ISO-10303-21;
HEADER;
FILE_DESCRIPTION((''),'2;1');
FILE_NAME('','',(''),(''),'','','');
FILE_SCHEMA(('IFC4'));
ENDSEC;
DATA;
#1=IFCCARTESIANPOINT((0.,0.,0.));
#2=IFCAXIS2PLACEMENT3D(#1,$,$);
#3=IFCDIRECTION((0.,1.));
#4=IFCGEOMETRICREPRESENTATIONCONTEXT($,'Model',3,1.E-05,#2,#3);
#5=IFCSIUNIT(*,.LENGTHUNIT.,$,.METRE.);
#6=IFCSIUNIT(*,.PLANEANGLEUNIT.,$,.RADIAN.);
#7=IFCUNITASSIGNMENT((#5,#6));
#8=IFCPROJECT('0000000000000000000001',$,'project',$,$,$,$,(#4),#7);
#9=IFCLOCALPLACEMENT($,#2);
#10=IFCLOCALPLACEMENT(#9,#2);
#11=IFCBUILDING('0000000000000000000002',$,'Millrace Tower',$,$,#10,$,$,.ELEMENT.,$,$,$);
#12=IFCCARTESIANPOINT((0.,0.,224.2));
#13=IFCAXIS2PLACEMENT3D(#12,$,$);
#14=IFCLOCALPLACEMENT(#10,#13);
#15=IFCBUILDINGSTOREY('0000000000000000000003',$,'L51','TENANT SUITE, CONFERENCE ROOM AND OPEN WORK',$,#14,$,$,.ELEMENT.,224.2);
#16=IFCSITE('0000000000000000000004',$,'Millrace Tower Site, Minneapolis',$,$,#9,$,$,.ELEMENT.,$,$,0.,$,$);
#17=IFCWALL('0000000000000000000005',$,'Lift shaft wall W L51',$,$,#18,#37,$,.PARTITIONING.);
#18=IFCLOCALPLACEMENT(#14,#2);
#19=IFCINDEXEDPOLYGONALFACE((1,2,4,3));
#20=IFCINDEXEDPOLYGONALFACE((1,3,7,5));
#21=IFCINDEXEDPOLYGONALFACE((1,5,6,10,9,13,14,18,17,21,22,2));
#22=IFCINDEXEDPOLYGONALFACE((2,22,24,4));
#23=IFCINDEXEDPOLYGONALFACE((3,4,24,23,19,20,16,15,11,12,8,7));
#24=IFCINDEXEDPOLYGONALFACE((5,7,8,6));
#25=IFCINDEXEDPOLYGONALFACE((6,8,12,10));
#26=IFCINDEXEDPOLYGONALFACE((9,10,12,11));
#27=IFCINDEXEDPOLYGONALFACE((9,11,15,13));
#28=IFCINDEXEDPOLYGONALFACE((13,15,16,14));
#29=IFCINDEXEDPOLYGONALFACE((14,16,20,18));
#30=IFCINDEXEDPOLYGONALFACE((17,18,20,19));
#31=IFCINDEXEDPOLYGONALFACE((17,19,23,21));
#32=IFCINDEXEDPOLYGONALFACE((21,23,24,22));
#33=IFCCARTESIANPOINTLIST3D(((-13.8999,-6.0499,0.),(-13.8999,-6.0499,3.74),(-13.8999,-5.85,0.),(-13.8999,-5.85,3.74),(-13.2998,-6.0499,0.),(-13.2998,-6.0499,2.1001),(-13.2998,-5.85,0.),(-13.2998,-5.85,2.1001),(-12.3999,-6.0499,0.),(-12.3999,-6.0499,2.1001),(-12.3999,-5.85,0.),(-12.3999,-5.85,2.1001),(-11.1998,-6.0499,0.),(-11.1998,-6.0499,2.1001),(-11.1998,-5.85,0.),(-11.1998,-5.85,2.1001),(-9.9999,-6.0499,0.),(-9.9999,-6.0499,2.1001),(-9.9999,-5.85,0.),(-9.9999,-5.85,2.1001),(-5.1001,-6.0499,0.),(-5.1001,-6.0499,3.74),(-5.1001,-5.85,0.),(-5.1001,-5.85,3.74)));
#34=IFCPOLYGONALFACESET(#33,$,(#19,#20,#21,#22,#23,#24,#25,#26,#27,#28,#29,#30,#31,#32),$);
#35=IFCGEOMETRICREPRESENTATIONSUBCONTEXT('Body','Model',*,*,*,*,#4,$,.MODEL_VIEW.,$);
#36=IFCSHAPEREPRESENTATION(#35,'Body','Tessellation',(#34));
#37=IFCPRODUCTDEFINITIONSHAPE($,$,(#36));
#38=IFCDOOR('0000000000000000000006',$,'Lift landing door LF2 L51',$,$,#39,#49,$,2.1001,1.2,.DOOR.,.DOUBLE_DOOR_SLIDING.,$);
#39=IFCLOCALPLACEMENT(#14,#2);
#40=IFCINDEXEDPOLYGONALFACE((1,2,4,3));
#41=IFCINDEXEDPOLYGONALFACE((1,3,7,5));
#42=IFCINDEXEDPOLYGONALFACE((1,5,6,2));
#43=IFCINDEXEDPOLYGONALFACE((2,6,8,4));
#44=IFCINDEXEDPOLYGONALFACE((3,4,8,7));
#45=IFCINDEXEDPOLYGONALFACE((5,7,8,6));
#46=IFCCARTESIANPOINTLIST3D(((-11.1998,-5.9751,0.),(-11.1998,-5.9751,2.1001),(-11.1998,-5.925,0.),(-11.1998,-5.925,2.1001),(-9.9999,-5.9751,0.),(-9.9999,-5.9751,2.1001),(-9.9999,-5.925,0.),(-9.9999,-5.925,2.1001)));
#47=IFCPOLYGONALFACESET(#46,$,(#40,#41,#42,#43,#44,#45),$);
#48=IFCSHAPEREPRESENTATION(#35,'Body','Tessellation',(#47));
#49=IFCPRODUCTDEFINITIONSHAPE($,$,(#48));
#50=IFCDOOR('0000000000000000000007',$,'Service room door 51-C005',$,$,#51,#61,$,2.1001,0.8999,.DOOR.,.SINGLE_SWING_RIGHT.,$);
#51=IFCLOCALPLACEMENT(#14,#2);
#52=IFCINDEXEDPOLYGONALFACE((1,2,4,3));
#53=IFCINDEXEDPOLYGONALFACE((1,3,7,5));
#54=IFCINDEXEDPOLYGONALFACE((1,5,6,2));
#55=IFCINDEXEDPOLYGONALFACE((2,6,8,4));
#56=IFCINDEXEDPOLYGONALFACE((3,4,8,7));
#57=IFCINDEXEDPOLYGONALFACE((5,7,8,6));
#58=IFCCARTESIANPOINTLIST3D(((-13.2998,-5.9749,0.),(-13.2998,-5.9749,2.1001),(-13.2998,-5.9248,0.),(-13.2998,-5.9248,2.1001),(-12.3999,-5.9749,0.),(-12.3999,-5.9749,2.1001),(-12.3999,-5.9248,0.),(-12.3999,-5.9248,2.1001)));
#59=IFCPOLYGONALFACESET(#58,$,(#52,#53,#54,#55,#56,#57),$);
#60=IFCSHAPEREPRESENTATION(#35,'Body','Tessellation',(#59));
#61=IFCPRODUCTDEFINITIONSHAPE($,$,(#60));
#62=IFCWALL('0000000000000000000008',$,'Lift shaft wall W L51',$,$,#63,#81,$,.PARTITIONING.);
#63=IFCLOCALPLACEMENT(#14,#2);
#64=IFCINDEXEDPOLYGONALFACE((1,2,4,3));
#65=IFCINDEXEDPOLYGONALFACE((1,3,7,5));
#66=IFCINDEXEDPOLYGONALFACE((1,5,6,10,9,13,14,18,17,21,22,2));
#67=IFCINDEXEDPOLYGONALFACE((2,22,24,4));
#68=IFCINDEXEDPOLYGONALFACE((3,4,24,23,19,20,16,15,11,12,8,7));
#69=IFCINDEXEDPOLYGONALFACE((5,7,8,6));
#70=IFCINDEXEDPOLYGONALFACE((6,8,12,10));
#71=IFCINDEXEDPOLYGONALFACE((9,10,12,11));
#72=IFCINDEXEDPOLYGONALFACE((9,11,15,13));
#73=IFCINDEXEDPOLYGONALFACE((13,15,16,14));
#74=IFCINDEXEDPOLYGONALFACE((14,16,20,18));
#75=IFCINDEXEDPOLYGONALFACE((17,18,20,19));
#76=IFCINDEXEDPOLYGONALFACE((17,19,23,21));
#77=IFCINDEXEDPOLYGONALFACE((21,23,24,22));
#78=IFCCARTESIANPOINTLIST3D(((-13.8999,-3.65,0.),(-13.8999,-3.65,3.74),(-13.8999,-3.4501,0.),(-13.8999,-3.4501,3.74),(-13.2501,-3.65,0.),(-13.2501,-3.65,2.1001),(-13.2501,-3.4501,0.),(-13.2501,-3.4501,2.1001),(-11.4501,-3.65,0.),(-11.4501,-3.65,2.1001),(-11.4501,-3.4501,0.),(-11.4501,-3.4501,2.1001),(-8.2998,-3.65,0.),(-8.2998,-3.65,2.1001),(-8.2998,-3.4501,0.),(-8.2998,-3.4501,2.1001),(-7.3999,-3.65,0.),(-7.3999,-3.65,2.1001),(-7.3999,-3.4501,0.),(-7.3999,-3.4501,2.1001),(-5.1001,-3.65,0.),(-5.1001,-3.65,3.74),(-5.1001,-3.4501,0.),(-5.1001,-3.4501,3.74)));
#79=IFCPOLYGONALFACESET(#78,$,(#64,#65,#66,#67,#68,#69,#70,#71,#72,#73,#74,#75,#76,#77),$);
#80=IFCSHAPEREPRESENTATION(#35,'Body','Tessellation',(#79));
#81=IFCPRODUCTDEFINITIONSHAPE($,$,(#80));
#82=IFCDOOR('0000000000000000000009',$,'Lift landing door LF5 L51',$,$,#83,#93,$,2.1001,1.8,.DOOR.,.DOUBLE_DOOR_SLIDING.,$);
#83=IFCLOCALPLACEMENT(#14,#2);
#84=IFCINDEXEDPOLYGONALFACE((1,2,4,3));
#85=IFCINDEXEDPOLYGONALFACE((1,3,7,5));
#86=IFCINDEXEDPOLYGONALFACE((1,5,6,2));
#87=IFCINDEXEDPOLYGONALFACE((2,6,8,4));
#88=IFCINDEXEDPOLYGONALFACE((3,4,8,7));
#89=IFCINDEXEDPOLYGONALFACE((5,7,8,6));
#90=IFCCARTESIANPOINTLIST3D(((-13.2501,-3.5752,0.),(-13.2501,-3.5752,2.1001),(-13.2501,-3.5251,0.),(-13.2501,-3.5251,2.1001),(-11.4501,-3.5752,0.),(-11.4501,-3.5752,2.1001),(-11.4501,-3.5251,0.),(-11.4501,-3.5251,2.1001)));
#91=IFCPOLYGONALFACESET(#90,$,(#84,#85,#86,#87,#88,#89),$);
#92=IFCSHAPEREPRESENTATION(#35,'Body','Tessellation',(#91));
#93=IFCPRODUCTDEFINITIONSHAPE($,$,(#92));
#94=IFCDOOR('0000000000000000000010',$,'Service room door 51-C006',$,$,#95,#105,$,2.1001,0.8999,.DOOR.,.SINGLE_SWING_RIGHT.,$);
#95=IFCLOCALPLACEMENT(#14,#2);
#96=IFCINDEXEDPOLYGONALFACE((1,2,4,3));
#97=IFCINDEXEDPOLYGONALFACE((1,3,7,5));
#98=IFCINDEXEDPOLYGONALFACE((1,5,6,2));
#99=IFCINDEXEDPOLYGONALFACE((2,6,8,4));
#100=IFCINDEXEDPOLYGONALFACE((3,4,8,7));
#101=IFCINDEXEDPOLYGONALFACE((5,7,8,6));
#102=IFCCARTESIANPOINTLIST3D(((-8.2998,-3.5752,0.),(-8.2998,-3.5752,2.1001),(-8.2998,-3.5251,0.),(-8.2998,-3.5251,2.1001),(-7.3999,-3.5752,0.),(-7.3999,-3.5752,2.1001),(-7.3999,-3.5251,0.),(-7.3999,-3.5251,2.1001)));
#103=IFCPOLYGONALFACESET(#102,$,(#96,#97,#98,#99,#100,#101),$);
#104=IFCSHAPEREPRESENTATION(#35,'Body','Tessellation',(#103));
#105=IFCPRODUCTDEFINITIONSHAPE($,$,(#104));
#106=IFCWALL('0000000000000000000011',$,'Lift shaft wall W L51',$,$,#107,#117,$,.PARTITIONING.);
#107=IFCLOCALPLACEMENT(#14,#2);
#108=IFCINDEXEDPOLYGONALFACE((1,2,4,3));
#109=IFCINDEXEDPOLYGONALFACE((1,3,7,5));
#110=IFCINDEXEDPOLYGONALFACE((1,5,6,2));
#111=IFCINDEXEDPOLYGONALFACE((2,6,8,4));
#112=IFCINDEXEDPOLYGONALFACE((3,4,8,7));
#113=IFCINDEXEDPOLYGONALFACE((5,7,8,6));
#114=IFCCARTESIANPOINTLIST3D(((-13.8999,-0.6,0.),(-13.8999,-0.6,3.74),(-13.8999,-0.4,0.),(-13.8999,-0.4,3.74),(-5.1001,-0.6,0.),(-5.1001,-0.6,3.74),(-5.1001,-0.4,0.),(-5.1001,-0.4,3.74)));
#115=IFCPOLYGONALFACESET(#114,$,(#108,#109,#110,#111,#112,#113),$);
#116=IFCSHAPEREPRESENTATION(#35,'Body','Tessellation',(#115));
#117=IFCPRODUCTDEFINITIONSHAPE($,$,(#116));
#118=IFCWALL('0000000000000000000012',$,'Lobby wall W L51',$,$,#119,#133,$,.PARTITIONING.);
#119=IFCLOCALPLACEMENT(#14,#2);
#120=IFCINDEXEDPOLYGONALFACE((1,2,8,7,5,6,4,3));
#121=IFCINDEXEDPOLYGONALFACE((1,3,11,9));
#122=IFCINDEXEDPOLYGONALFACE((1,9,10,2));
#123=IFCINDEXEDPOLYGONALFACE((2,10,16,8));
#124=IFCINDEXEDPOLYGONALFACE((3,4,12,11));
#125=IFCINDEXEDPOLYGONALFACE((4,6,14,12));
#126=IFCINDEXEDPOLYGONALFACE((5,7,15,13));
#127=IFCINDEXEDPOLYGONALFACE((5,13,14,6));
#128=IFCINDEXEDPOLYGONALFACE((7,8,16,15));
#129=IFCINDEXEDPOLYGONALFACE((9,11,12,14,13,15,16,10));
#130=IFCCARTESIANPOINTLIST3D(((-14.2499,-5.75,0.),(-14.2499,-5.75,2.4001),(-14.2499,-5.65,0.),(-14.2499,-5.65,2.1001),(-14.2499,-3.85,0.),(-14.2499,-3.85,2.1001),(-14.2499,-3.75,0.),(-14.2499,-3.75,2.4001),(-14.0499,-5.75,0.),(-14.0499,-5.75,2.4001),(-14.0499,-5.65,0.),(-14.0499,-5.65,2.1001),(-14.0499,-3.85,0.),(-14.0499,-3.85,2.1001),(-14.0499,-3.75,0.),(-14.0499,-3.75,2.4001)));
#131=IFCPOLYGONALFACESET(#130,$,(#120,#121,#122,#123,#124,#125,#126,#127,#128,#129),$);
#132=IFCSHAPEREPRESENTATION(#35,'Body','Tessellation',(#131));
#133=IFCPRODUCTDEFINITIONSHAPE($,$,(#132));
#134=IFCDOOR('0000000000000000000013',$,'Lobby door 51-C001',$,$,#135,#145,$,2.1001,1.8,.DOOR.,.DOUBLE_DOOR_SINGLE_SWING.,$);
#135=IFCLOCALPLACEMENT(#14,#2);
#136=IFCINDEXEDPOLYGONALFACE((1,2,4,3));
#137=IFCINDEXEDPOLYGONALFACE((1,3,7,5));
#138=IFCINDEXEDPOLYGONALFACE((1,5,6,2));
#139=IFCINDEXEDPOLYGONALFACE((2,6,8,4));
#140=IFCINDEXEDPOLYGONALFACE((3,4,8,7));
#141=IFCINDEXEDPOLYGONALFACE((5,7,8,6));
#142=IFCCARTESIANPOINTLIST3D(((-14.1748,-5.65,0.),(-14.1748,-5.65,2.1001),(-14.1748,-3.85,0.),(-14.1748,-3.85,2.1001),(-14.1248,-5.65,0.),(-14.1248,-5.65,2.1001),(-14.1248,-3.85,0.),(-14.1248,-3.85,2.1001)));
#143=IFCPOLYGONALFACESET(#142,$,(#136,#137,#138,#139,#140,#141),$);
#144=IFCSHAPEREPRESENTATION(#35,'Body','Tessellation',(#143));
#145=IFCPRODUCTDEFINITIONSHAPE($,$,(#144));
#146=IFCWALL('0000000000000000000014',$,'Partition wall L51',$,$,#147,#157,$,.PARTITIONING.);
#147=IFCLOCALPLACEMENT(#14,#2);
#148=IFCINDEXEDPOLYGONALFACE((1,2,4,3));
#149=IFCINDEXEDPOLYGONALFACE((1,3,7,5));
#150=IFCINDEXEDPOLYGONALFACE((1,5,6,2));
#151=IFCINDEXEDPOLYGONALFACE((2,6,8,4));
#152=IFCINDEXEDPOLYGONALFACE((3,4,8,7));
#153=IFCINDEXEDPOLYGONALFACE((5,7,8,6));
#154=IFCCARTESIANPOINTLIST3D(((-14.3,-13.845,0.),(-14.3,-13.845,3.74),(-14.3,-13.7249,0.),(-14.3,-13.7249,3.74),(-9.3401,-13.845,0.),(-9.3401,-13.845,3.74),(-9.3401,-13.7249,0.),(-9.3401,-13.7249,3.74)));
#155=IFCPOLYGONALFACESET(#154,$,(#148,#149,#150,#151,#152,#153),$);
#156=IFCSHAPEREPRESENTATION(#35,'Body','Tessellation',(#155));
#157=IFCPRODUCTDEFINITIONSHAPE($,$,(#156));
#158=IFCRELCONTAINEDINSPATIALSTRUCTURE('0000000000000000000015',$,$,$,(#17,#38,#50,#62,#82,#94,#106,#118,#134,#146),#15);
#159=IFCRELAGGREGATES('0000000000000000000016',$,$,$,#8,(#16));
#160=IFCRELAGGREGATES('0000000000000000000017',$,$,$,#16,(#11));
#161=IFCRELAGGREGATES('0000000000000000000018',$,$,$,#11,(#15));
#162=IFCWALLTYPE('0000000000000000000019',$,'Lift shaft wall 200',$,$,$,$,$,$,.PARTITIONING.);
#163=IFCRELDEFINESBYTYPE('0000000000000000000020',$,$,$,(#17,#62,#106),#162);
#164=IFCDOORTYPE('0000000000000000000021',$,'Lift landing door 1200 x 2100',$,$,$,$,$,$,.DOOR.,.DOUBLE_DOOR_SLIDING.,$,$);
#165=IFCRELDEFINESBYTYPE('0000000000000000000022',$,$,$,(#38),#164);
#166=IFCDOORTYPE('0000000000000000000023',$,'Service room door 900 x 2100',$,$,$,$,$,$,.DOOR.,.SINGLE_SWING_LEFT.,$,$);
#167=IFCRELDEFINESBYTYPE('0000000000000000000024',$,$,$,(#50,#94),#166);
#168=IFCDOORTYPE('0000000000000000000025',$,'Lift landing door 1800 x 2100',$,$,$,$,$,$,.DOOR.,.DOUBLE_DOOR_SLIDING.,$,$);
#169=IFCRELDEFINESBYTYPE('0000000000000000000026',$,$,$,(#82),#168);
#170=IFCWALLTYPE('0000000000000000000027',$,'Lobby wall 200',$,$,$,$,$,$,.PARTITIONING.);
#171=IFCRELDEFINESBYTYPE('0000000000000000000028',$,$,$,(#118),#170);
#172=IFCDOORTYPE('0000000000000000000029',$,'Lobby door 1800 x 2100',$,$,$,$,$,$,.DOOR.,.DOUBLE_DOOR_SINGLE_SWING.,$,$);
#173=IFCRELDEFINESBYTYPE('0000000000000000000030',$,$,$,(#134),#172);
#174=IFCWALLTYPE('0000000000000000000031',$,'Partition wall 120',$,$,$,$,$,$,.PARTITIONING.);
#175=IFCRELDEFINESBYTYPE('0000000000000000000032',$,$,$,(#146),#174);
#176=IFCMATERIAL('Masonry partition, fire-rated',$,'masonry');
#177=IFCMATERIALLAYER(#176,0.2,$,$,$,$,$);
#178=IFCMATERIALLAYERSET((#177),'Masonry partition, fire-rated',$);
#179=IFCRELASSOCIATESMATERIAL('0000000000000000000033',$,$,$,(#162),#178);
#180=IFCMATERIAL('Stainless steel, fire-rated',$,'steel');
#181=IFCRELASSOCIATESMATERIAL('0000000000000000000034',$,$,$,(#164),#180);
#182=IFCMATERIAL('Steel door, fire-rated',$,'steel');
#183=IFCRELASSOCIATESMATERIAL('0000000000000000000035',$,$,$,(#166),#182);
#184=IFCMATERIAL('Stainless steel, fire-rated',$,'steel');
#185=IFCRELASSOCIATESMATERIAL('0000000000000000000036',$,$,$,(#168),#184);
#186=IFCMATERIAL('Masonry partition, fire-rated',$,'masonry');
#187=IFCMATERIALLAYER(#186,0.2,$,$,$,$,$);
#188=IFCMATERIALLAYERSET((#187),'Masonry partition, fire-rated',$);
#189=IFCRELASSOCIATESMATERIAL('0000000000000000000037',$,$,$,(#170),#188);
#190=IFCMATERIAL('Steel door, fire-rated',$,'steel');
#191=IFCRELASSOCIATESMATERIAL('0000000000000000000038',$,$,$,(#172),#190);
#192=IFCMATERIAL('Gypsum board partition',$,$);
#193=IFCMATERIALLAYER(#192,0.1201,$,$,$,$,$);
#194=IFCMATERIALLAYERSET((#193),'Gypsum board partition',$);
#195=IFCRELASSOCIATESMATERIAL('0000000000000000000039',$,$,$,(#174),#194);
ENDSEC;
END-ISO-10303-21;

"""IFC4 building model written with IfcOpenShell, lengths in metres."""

from ifc_helpers import new_model, si_unit, direction, frame, frame_2d, origin, place, context, subcontext, project, spatial, rectangle, extrude, material, layer, layer_set, type_object, element, fill, save


model = new_model("IFC4")

# Units and contexts
model_context = context("Model", 3, precision=1e-05, world=origin(), true_north=direction((0.0, 1.0)))
body_context = subcontext(model_context, "Body", "Model", "MODEL_VIEW")
ifc_project = project(units=[si_unit("LENGTHUNIT", "METRE"), si_unit("PLANEANGLEUNIT", "RADIAN")], contexts=[model_context])

# Site, building, storey
site_placement = place(None, origin())
site = spatial("IfcSite", under=ifc_project, at=site_placement, Name="Millrace Tower Site, Minneapolis", CompositionType="ELEMENT", RefElevation=0.0)
building_placement = place(site_placement, origin())
building = spatial("IfcBuilding", under=site, at=building_placement, Name="Millrace Tower", CompositionType="ELEMENT")
storey_placement = place(building_placement, frame((0.0, 0.0, 224.2)))
storey = spatial("IfcBuildingStorey", under=building, at=storey_placement, Name="L51", Description="TENANT SUITE, CONFERENCE ROOM AND OPEN WORK", CompositionType="ELEMENT", Elevation=224.2)

# Walls, openings, doors
ifc_material_1 = material(Name="Masonry partition, fire-rated", Category="masonry")
ifc_layer_1 = layer(ifc_material_1, 0.2)
ifc_layer_set_1 = layer_set([ifc_layer_1], Name="Masonry partition, fire-rated")
wall_type_1 = type_object("IfcWallType", Name="Lift shaft wall 200", PredefinedType="PARTITIONING", material=ifc_layer_set_1)
wall_1_placement = place(storey_placement, frame((-13.8999, -5.95, 0.0), z_axis=(0.0, 0.0, 1.0), x_axis=(1.0, 0.0, 0.0)))
wall_1 = element("IfcWall", 1, at=wall_1_placement, inside=storey, type_object=wall_type_1, Name="Lift shaft wall W L51", PredefinedType="PARTITIONING", context=body_context, shape_type="SweptSolid", body=[
    extrude(rectangle(XDim=8.7998, YDim=0.2, at=frame_2d((4.3999, 0.0))), origin(), (0.0, 0.0, 1.0), 3.74),
])
opening_1_placement = place(wall_1_placement, frame((2.7, 0.0, 0.0)))
opening_1 = element("IfcOpeningElement", 2, at=opening_1_placement, cuts=wall_1, PredefinedType="OPENING", context=body_context, shape_type="SweptSolid", body=[
    extrude(rectangle(XDim=1.2, YDim=2.1001, at=frame_2d((0.6001, 1.05))), frame((0.0, 0.1099, 0.0), z_axis=(0.0, -1.0, 0.0), x_axis=(1.0, 0.0, 0.0)), (0.0, 0.0, 1.0), 0.22),
])
opening_2_placement = place(wall_1_placement, frame((0.6001, 0.0, 0.0)))
opening_2 = element("IfcOpeningElement", 3, at=opening_2_placement, cuts=wall_1, PredefinedType="OPENING", context=body_context, shape_type="SweptSolid", body=[
    extrude(rectangle(XDim=0.8999, YDim=2.1001, at=frame_2d((0.45, 1.05))), frame((0.0, 0.1099, 0.0), z_axis=(0.0, -1.0, 0.0), x_axis=(1.0, 0.0, 0.0)), (0.0, 0.0, 1.0), 0.22),
])
ifc_material_2 = material(Name="Stainless steel, fire-rated", Category="steel")
door_type_1 = type_object("IfcDoorType", Name="Lift landing door 1200 x 2100", OperationType="DOUBLE_DOOR_SLIDING", PredefinedType="DOOR", material=ifc_material_2)
door_1_placement = place(opening_1_placement, origin())
door_1 = element("IfcDoor", 4, at=door_1_placement, inside=storey, type_object=door_type_1, Name="Lift landing door LF2 L51", OperationType="DOUBLE_DOOR_SLIDING", OverallHeight=2.1001, OverallWidth=1.2, PredefinedType="DOOR", context=body_context, shape_type="SweptSolid", body=[
    extrude(rectangle(XDim=1.2, YDim=2.1001, at=frame_2d((0.6001, 1.05))), frame((0.0, 0.0249, 0.0), z_axis=(0.0, -1.0, 0.0), x_axis=(1.0, 0.0, 0.0)), (0.0, 0.0, 1.0), 0.05),
])
fill(opening_1, door_1)
ifc_material_3 = material(Name="Steel door, fire-rated", Category="steel")
door_type_2 = type_object("IfcDoorType", Name="Service room door 900 x 2100", OperationType="SINGLE_SWING_LEFT", PredefinedType="DOOR", material=ifc_material_3)
door_2_placement = place(opening_2_placement, frame((0.8999, 0.0, 0.0), z_axis=(0.0, 0.0, 1.0), x_axis=(-1.0, 0.0, 0.0)))
door_2 = element("IfcDoor", 5, at=door_2_placement, inside=storey, type_object=door_type_2, Name="Service room door 51-C005", OperationType="SINGLE_SWING_RIGHT", OverallHeight=2.1001, OverallWidth=0.8999, PredefinedType="DOOR", context=body_context, shape_type="SweptSolid", body=[
    extrude(rectangle(XDim=0.8999, YDim=2.1001, at=frame_2d((0.45, 1.05))), frame((0.0, 0.0249, 0.0), z_axis=(0.0, -1.0, 0.0), x_axis=(1.0, 0.0, 0.0)), (0.0, 0.0, 1.0), 0.05),
])
fill(opening_2, door_2)
wall_2_placement = place(storey_placement, frame((-13.8999, -3.55, 0.0), z_axis=(0.0, 0.0, 1.0), x_axis=(1.0, 0.0, 0.0)))
wall_2 = element("IfcWall", 6, at=wall_2_placement, inside=storey, type_object=wall_type_1, Name="Lift shaft wall W L51", PredefinedType="PARTITIONING", context=body_context, shape_type="SweptSolid", body=[
    extrude(rectangle(XDim=8.7998, YDim=0.2, at=frame_2d((4.3999, 0.0))), origin(), (0.0, 0.0, 1.0), 3.74),
])
opening_3_placement = place(wall_2_placement, frame((0.6499, 0.0, 0.0)))
opening_3 = element("IfcOpeningElement", 7, at=opening_3_placement, cuts=wall_2, PredefinedType="OPENING", context=body_context, shape_type="SweptSolid", body=[
    extrude(rectangle(XDim=1.8, YDim=2.1001, at=frame_2d((0.8999, 1.05))), frame((0.0, 0.1099, 0.0), z_axis=(0.0, -1.0, 0.0), x_axis=(1.0, 0.0, 0.0)), (0.0, 0.0, 1.0), 0.22),
])
opening_4_placement = place(wall_2_placement, frame((5.6001, 0.0, 0.0)))
opening_4 = element("IfcOpeningElement", 8, at=opening_4_placement, cuts=wall_2, PredefinedType="OPENING", context=body_context, shape_type="SweptSolid", body=[
    extrude(rectangle(XDim=0.8999, YDim=2.1001, at=frame_2d((0.45, 1.05))), frame((0.0, 0.1099, 0.0), z_axis=(0.0, -1.0, 0.0), x_axis=(1.0, 0.0, 0.0)), (0.0, 0.0, 1.0), 0.22),
])
ifc_material_4 = material(Name="Stainless steel, fire-rated", Category="steel")
door_type_3 = type_object("IfcDoorType", Name="Lift landing door 1800 x 2100", OperationType="DOUBLE_DOOR_SLIDING", PredefinedType="DOOR", material=ifc_material_4)
door_3_placement = place(opening_3_placement, origin())
door_3 = element("IfcDoor", 9, at=door_3_placement, inside=storey, type_object=door_type_3, Name="Lift landing door LF5 L51", OperationType="DOUBLE_DOOR_SLIDING", OverallHeight=2.1001, OverallWidth=1.8, PredefinedType="DOOR", context=body_context, shape_type="SweptSolid", body=[
    extrude(rectangle(XDim=1.8, YDim=2.1001, at=frame_2d((0.8999, 1.05))), frame((0.0, 0.0249, 0.0), z_axis=(0.0, -1.0, 0.0), x_axis=(1.0, 0.0, 0.0)), (0.0, 0.0, 1.0), 0.05),
])
fill(opening_3, door_3)
door_4_placement = place(opening_4_placement, origin())
door_4 = element("IfcDoor", 10, at=door_4_placement, inside=storey, type_object=door_type_2, Name="Service room door 51-C006", OperationType="SINGLE_SWING_RIGHT", OverallHeight=2.1001, OverallWidth=0.8999, PredefinedType="DOOR", context=body_context, shape_type="SweptSolid", body=[
    extrude(rectangle(XDim=0.8999, YDim=2.1001, at=frame_2d((0.45, 1.05))), frame((0.0, 0.0249, 0.0), z_axis=(0.0, -1.0, 0.0), x_axis=(1.0, 0.0, 0.0)), (0.0, 0.0, 1.0), 0.05),
])
fill(opening_4, door_4)

# Wall
wall_3_placement = place(storey_placement, frame((-13.8999, -0.5, 0.0), z_axis=(0.0, 0.0, 1.0), x_axis=(1.0, 0.0, 0.0)))
element("IfcWall", 11, at=wall_3_placement, inside=storey, type_object=wall_type_1, Name="Lift shaft wall W L51", PredefinedType="PARTITIONING", context=body_context, shape_type="SweptSolid", body=[
    extrude(rectangle(XDim=8.7998, YDim=0.2, at=frame_2d((4.3999, 0.0))), origin(), (0.0, 0.0, 1.0), 3.74),
])

# Wall, opening, door
ifc_material_5 = material(Name="Masonry partition, fire-rated", Category="masonry")
ifc_layer_2 = layer(ifc_material_5, 0.2)
ifc_layer_set_2 = layer_set([ifc_layer_2], Name="Masonry partition, fire-rated")
wall_type_2 = type_object("IfcWallType", Name="Lobby wall 200", PredefinedType="PARTITIONING", material=ifc_layer_set_2)
wall_4_placement = place(storey_placement, frame((-14.1499, -5.75, 0.0), z_axis=(0.0, 0.0, 1.0), x_axis=(0.0, 1.0, 0.0)))
wall_4 = element("IfcWall", 12, at=wall_4_placement, inside=storey, type_object=wall_type_2, Name="Lobby wall W L51", PredefinedType="PARTITIONING", context=body_context, shape_type="SweptSolid", body=[
    extrude(rectangle(XDim=2.0, YDim=0.2, at=frame_2d((1.0, 0.0))), origin(), (0.0, 0.0, 1.0), 2.4001),
])
opening_5_placement = place(wall_4_placement, frame((0.1001, 0.0, 0.0)))
opening_5 = element("IfcOpeningElement", 13, at=opening_5_placement, cuts=wall_4, PredefinedType="OPENING", context=body_context, shape_type="SweptSolid", body=[
    extrude(rectangle(XDim=1.8, YDim=2.1001, at=frame_2d((0.8999, 1.05))), frame((0.0, 0.1099, 0.0), z_axis=(0.0, -1.0, 0.0), x_axis=(1.0, 0.0, 0.0)), (0.0, 0.0, 1.0), 0.22),
])
ifc_material_6 = material(Name="Steel door, fire-rated", Category="steel")
door_type_4 = type_object("IfcDoorType", Name="Lobby door 1800 x 2100", OperationType="DOUBLE_DOOR_SINGLE_SWING", PredefinedType="DOOR", material=ifc_material_6)
door_5_placement = place(opening_5_placement, origin())
door_5 = element("IfcDoor", 14, at=door_5_placement, inside=storey, type_object=door_type_4, Name="Lobby door 51-C001", OperationType="DOUBLE_DOOR_SINGLE_SWING", OverallHeight=2.1001, OverallWidth=1.8, PredefinedType="DOOR", context=body_context, shape_type="SweptSolid", body=[
    extrude(rectangle(XDim=1.8, YDim=2.1001, at=frame_2d((0.8999, 1.05))), frame((0.0, 0.0249, 0.0), z_axis=(0.0, -1.0, 0.0), x_axis=(1.0, 0.0, 0.0)), (0.0, 0.0, 1.0), 0.05),
])
fill(opening_5, door_5)

# Wall
ifc_material_7 = material(Name="Gypsum board partition")
ifc_layer_3 = layer(ifc_material_7, 0.1201)
ifc_layer_set_3 = layer_set([ifc_layer_3], Name="Gypsum board partition")
wall_type_3 = type_object("IfcWallType", Name="Partition wall 120", PredefinedType="PARTITIONING", material=ifc_layer_set_3)
wall_5_placement = place(storey_placement, frame((-14.3, -13.7849, 0.0), z_axis=(0.0, 0.0, 1.0), x_axis=(1.0, 0.0, 0.0)))
element("IfcWall", 15, at=wall_5_placement, inside=storey, type_object=wall_type_3, Name="Partition wall L51", PredefinedType="PARTITIONING", context=body_context, shape_type="SweptSolid", body=[
    extrude(rectangle(XDim=4.96, YDim=0.1201, at=frame_2d((2.48, 0.0))), origin(), (0.0, 0.0, 1.0), 3.74),
])

save(model, "model.ifc")
